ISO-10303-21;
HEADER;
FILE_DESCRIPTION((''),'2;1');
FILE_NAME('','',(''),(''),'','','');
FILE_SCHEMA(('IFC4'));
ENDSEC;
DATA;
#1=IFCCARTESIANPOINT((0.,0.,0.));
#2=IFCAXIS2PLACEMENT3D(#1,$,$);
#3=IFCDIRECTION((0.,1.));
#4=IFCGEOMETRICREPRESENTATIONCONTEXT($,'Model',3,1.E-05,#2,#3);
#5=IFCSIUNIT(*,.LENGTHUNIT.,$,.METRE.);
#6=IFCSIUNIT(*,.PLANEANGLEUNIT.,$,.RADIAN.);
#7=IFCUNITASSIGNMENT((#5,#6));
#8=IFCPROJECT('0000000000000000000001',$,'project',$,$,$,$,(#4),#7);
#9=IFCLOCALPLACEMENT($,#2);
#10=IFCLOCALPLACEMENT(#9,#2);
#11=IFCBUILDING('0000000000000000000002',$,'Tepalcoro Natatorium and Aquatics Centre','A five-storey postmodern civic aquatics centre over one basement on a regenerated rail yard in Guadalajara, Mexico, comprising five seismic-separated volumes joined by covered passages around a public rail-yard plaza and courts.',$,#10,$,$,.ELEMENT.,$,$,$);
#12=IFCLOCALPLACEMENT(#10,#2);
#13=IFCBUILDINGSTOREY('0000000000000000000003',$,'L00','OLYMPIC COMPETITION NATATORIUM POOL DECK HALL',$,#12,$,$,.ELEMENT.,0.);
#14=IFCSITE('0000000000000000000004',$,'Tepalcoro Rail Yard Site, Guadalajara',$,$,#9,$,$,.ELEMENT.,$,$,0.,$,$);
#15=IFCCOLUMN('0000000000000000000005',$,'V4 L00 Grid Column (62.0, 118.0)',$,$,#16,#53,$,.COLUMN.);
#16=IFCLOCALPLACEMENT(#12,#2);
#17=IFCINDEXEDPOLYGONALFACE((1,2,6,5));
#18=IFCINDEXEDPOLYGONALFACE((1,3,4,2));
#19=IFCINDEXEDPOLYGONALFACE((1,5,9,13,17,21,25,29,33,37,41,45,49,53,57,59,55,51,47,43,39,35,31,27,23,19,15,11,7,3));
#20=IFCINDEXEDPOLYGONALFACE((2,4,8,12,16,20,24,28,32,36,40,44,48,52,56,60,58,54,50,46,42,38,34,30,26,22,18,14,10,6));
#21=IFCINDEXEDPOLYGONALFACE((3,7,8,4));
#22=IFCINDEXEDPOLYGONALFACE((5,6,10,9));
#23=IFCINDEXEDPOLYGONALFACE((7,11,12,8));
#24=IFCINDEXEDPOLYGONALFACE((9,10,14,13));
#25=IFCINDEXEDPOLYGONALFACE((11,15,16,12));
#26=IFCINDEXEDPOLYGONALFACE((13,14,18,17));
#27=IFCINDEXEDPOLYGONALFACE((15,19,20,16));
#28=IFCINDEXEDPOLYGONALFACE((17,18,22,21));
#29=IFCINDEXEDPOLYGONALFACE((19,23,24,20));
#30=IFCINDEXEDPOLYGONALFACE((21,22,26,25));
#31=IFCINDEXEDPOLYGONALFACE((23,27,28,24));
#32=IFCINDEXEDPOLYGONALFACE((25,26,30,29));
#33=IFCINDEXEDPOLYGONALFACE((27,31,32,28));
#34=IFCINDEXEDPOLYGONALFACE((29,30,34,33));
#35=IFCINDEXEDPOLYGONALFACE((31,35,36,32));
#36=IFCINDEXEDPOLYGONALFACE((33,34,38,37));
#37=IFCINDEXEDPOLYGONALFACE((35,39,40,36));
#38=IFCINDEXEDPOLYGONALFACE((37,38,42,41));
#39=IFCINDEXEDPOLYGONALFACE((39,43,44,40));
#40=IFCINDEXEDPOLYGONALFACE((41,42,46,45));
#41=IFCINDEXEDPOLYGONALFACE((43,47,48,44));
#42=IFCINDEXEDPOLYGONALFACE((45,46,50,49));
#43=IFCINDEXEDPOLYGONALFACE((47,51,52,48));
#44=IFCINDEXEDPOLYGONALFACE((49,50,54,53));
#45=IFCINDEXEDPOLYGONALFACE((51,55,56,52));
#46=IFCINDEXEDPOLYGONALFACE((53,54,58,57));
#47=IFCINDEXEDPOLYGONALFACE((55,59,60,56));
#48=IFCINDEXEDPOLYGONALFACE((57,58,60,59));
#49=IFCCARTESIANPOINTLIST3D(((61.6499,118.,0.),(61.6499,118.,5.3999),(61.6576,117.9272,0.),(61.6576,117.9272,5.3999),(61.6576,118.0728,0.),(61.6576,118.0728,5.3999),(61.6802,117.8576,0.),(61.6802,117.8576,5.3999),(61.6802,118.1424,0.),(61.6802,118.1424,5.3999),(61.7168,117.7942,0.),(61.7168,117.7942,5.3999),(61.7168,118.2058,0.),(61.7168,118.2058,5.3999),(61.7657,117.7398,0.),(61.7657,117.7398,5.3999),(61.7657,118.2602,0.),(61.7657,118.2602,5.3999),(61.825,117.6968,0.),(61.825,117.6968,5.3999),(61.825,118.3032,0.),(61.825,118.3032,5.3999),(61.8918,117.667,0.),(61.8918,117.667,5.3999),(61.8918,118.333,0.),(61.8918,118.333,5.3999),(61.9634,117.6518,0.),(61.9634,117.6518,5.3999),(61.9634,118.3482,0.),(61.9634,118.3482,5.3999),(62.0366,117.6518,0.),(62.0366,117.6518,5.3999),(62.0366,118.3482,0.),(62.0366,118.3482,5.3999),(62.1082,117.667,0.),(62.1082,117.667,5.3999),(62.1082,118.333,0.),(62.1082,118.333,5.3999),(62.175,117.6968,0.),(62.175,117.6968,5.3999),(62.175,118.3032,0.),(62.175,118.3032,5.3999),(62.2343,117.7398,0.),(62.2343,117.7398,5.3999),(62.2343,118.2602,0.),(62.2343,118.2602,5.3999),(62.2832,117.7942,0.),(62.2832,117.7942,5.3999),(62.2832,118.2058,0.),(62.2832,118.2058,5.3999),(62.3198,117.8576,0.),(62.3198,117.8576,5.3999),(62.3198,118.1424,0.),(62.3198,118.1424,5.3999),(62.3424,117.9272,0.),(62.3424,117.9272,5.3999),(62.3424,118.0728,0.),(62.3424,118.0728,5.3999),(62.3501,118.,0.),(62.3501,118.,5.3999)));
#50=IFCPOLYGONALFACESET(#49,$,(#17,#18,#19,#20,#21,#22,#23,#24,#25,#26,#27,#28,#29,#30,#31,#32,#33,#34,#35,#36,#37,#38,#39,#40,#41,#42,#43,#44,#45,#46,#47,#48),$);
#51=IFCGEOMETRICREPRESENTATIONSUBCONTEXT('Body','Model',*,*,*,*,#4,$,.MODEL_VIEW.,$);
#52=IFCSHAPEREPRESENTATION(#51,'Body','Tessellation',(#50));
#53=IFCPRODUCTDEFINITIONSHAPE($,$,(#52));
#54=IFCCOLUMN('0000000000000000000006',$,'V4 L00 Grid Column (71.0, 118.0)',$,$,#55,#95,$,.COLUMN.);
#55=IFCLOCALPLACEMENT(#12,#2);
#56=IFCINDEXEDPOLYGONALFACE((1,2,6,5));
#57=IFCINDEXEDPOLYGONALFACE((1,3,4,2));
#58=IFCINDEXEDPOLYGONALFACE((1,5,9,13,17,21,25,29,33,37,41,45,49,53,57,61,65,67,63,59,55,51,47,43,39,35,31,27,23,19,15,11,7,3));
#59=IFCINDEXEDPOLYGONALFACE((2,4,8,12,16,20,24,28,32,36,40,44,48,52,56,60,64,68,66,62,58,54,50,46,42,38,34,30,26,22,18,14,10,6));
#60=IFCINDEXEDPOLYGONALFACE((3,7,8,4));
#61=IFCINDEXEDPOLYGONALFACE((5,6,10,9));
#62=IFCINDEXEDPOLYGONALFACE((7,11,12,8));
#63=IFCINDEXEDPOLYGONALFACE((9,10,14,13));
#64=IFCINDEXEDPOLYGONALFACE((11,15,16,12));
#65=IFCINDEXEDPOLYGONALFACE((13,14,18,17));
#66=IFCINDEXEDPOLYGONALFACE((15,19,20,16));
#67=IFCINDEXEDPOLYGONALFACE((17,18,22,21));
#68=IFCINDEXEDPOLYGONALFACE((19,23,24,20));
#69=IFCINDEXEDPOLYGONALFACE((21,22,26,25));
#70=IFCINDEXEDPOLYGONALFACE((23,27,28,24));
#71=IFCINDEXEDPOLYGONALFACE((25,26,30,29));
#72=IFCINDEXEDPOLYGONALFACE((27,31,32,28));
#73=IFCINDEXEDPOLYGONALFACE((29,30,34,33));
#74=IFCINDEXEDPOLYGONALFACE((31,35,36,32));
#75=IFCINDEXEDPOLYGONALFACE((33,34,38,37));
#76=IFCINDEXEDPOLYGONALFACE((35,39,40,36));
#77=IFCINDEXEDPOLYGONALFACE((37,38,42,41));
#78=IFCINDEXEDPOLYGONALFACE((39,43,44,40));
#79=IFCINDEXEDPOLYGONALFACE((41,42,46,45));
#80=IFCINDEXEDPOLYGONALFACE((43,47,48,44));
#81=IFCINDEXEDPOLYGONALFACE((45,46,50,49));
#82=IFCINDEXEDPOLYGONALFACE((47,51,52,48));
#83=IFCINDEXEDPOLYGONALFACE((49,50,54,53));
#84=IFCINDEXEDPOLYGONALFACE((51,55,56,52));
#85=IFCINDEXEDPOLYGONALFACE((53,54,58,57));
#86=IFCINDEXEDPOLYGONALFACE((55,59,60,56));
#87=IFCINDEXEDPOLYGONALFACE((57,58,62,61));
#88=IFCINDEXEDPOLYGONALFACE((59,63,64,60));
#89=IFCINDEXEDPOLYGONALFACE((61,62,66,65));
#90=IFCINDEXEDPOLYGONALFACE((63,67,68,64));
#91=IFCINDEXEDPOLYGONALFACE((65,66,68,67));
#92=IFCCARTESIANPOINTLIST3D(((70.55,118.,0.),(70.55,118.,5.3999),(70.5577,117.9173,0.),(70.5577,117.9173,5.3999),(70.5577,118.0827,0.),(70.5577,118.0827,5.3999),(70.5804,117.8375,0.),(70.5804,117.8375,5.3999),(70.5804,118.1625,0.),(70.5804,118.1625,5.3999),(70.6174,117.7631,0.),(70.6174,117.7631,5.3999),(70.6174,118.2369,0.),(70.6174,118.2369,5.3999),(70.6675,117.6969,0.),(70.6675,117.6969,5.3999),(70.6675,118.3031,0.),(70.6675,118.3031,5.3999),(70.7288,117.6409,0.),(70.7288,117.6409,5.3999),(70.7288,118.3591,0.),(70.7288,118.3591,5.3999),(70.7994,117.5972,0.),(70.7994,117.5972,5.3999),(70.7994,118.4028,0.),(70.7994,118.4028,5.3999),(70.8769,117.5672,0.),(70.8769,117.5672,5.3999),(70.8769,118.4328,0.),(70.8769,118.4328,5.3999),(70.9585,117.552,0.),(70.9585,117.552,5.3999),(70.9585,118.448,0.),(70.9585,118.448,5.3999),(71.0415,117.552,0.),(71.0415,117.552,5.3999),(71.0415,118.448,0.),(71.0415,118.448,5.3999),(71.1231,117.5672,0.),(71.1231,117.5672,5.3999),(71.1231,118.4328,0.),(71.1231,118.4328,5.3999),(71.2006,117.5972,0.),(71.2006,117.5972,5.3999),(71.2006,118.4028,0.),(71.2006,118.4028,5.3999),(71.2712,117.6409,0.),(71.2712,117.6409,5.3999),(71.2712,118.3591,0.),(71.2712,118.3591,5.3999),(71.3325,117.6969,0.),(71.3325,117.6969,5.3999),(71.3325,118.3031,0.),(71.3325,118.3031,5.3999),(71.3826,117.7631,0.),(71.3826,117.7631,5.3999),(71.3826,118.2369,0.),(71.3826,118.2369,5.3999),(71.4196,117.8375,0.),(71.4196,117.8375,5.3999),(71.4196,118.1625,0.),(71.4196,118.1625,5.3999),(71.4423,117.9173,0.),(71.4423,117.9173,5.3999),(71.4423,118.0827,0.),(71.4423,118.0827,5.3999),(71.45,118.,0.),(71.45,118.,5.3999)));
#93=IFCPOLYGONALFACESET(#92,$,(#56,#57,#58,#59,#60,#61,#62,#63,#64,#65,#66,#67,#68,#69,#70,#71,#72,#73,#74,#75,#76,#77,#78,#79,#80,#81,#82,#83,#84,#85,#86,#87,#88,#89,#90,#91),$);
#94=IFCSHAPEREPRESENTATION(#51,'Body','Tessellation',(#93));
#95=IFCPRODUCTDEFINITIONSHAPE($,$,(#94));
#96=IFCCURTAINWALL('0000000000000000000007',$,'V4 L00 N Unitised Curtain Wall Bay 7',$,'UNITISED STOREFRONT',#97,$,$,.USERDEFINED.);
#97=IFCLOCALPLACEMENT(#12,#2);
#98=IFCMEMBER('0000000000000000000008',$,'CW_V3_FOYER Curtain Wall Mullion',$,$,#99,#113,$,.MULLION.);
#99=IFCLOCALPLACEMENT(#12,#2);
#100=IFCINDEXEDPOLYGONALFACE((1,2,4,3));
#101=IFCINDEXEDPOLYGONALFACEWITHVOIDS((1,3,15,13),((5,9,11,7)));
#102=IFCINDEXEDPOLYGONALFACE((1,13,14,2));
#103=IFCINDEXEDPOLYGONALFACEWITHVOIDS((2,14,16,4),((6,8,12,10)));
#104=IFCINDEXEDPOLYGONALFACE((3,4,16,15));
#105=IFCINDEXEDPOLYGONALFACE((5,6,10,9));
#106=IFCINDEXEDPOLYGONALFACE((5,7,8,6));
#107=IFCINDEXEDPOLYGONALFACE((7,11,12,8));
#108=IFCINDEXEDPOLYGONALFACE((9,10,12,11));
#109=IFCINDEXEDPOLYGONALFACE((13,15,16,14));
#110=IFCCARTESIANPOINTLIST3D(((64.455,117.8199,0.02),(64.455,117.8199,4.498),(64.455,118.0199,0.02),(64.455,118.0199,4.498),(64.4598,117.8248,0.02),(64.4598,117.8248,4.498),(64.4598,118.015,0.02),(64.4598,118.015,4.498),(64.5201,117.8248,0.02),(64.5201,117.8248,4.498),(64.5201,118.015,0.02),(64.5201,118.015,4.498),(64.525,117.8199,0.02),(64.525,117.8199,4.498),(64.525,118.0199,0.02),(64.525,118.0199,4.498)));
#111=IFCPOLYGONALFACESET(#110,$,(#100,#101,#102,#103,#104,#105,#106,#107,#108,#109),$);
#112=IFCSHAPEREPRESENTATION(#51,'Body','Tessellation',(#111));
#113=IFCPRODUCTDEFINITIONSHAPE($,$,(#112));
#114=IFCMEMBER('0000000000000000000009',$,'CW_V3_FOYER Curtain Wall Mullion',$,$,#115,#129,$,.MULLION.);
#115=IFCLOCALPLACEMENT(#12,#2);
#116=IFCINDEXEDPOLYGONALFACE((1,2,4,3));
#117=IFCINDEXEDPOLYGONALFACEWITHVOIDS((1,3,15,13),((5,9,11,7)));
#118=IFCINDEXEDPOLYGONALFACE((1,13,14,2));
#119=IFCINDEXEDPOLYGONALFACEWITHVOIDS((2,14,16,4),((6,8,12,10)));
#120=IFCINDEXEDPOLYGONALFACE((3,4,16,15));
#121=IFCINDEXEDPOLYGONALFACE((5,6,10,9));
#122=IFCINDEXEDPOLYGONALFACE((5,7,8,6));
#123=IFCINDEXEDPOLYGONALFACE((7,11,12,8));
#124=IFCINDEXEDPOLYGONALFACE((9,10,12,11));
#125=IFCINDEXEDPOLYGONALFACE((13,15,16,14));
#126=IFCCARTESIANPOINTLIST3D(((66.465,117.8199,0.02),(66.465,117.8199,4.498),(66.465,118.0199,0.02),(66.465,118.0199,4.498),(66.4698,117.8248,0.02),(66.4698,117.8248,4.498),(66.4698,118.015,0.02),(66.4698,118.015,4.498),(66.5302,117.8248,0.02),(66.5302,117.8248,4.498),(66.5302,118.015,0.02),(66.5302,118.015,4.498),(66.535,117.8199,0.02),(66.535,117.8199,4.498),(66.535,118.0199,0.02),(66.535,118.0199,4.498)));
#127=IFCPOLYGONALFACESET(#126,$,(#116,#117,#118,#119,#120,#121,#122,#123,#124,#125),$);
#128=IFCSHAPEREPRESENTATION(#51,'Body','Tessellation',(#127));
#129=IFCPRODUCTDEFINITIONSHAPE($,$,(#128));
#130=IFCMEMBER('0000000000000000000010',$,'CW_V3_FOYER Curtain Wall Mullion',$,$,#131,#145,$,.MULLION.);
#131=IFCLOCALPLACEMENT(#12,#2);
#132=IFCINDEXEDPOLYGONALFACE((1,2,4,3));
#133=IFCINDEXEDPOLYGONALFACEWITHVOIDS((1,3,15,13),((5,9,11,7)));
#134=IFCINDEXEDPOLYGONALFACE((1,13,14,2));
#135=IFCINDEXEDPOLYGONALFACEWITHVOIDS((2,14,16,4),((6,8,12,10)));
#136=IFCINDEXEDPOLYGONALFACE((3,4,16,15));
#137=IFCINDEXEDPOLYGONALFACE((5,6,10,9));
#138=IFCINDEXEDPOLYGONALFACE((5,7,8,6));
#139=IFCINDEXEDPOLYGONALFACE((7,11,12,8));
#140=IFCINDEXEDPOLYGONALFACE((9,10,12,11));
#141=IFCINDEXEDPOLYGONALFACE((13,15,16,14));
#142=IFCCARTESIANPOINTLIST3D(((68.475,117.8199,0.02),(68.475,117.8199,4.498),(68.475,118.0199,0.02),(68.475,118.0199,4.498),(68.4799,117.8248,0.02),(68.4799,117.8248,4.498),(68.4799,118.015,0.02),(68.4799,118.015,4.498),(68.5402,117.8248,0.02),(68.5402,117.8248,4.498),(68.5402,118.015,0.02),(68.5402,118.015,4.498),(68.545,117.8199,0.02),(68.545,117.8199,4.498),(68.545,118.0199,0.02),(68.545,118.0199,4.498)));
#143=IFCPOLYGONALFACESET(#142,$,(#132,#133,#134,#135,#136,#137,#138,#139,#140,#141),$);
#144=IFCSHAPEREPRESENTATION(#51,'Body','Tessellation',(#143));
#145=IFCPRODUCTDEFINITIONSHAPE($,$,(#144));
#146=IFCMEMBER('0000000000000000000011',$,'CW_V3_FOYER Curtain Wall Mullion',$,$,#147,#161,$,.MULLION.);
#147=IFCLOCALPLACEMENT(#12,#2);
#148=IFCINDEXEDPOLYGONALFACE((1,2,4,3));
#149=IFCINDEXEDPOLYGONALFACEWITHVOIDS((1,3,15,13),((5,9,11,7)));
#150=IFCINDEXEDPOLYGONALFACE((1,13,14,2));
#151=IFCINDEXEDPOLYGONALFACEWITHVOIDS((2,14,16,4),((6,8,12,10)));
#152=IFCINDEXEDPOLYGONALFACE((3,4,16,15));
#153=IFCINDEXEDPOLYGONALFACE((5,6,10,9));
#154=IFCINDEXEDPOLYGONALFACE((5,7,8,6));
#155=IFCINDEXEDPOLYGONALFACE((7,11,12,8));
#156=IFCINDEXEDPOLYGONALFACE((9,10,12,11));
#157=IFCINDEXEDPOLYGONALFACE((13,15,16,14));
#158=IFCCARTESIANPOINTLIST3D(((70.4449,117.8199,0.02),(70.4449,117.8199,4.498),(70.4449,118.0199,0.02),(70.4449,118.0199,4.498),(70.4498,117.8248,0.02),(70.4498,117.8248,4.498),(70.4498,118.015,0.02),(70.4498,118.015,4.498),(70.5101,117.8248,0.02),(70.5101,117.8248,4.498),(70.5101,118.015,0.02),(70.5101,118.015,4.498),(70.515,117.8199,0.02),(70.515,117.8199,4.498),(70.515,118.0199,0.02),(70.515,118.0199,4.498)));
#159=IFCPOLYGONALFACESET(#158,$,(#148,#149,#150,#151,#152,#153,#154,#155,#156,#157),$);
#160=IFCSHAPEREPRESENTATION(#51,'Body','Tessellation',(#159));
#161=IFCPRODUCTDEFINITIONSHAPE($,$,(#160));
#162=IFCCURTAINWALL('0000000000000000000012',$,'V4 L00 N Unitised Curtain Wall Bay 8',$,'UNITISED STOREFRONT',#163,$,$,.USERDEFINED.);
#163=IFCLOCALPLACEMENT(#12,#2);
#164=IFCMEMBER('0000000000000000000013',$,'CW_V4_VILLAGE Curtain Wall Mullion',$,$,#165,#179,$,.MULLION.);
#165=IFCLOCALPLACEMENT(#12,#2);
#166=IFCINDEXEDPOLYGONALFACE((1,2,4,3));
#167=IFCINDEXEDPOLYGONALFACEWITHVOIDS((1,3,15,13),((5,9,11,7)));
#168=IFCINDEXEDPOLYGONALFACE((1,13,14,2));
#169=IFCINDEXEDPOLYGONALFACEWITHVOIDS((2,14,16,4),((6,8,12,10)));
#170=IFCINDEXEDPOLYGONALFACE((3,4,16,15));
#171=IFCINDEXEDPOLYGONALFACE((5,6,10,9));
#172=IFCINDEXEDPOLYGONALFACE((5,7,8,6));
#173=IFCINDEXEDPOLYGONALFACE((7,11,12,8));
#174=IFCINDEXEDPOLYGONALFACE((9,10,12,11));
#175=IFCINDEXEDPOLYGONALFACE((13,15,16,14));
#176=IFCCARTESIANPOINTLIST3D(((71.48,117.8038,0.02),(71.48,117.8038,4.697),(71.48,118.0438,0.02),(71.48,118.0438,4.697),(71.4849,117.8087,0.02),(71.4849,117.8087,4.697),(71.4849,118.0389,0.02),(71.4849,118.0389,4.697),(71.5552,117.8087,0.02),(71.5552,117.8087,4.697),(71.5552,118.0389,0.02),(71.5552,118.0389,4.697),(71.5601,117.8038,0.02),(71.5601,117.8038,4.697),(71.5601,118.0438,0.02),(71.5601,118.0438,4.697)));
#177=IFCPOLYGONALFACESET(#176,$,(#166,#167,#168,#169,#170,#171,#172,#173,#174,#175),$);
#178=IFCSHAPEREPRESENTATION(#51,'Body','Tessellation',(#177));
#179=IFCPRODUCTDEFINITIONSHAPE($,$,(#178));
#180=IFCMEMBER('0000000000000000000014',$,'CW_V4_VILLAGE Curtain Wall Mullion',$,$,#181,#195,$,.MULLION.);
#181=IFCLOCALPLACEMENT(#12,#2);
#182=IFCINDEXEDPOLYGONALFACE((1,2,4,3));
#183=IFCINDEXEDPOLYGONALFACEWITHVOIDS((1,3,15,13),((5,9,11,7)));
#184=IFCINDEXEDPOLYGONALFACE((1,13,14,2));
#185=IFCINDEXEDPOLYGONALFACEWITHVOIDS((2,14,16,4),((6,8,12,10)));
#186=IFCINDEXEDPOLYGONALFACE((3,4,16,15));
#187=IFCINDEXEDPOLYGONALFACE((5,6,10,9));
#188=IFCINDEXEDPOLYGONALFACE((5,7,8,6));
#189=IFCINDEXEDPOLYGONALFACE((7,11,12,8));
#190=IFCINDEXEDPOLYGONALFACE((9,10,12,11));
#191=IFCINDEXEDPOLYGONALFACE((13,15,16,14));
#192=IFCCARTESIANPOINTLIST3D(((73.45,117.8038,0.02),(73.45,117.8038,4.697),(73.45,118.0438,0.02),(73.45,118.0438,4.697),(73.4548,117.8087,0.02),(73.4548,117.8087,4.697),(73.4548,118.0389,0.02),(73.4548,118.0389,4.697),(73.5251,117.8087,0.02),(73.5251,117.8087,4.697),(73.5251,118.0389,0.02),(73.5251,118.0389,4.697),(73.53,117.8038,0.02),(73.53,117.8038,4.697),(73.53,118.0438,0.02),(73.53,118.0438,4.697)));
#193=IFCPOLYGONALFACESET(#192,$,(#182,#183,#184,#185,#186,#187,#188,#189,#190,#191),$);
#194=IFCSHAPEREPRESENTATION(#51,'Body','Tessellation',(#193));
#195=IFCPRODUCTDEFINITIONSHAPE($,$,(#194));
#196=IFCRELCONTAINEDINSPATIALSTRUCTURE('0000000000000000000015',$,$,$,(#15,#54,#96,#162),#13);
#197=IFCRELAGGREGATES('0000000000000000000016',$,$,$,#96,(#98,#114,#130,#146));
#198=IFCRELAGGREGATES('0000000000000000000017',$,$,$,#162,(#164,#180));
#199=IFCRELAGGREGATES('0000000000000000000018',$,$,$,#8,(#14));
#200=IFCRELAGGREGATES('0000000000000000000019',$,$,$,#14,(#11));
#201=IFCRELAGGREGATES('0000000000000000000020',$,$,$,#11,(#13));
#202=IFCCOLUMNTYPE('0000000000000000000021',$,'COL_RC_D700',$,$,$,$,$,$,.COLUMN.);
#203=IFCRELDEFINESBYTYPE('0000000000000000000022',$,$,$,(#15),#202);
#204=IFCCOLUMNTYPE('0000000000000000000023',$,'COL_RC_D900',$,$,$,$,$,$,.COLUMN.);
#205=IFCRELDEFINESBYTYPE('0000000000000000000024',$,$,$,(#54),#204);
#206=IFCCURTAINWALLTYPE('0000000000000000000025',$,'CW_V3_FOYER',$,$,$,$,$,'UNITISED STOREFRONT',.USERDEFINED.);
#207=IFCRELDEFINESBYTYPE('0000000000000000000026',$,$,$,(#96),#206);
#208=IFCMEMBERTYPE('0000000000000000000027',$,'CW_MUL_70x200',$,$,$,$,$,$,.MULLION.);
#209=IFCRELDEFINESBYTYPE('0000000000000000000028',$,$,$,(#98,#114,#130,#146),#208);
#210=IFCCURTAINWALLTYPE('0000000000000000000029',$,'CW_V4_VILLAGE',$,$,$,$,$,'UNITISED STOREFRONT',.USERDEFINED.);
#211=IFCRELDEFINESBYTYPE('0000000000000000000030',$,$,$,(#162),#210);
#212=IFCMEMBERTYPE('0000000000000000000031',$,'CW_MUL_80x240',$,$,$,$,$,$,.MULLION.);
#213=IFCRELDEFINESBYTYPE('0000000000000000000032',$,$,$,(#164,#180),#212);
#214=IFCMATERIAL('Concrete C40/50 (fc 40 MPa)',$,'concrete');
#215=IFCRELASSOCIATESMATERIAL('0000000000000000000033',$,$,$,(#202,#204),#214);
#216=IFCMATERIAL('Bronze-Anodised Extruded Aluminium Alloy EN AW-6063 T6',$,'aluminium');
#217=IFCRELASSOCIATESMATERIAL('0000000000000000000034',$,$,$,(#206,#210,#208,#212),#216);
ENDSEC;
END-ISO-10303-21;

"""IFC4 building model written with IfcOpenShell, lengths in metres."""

from ifc_helpers import new_model, si_unit, direction, frame, origin, origin_2d, place, context, subcontext, project, spatial, hollow_rectangle, circle, extrude, material, material_profile, profile_set, type_object, element, aggregate, save


model = new_model("IFC4")

# Units and contexts
model_context = context("Model", 3, precision=1e-05, world=origin(), true_north=direction((0.0, 1.0)))
body_context = subcontext(model_context, "Body", "Model", "MODEL_VIEW")
ifc_project = project(units=[si_unit("LENGTHUNIT", "METRE"), si_unit("PLANEANGLEUNIT", "RADIAN")], contexts=[model_context])

# Site, building, storey
site_placement = place(None, origin())
site = spatial("IfcSite", under=ifc_project, at=site_placement, Name="Tepalcoro Rail Yard Site, Guadalajara", CompositionType="ELEMENT", RefElevation=0.0)
building_placement = place(site_placement, origin())
building = spatial("IfcBuilding", under=site, at=building_placement, Name="Tepalcoro Natatorium and Aquatics Centre", Description="A five-storey postmodern civic aquatics centre over one basement on a regenerated rail yard in Guadalajara, Mexico, comprising five seismic-separated volumes joined by covered passages around a public rail-yard plaza and courts.", CompositionType="ELEMENT")
storey_placement = place(building_placement, origin())
storey = spatial("IfcBuildingStorey", under=building, at=storey_placement, Name="L00", Description="OLYMPIC COMPETITION NATATORIUM POOL DECK HALL", CompositionType="ELEMENT", Elevation=0.0)

# Columns
ifc_material_1 = material(Name="Concrete C40/50 (fc 40 MPa)", Category="concrete")
ifc_material_profile_1 = material_profile(ifc_material_1, circle(Radius=0.3501, at=origin_2d()), Name="RCD700")
ifc_profile_set_1 = profile_set([ifc_material_profile_1], Name="Concrete C40/50 (fc 40 MPa)")
column_type_1 = type_object("IfcColumnType", Name="COL_RC_D700", PredefinedType="COLUMN", material=ifc_profile_set_1)
column_1_placement = place(storey_placement, frame((62.0, 118.0, 0.0), z_axis=(0.0, 0.0, 1.0), x_axis=(1.0, 0.0, 0.0)))
element("IfcColumn", 1, at=column_1_placement, inside=storey, type_object=column_type_1, Name="V4 L00 Grid Column (62.0, 118.0)", PredefinedType="COLUMN", context=body_context, shape_type="SweptSolid", body=[
    extrude(circle(Radius=0.3501, at=origin_2d()), origin(), (0.0, 0.0, 1.0), 5.3999),
])
ifc_material_profile_2 = material_profile(ifc_material_1, circle(Radius=0.45, at=origin_2d()), Name="RCD900")
ifc_profile_set_2 = profile_set([ifc_material_profile_2], Name="Concrete C40/50 (fc 40 MPa)")
column_type_2 = type_object("IfcColumnType", Name="COL_RC_D900", PredefinedType="COLUMN", material=ifc_profile_set_2)
column_2_placement = place(storey_placement, frame((71.0, 118.0, 0.0), z_axis=(0.0, 0.0, 1.0), x_axis=(1.0, 0.0, 0.0)))
element("IfcColumn", 2, at=column_2_placement, inside=storey, type_object=column_type_2, Name="V4 L00 Grid Column (71.0, 118.0)", PredefinedType="COLUMN", context=body_context, shape_type="SweptSolid", body=[
    extrude(circle(Radius=0.45, at=origin_2d()), origin(), (0.0, 0.0, 1.0), 5.3999),
])

# Curtain walls, members
ifc_material_2 = material(Name="Bronze-Anodised Extruded Aluminium Alloy EN AW-6063 T6", Category="aluminium")
curtain_wall_type_1 = type_object("IfcCurtainWallType", Name="CW_V3_FOYER", ElementType="UNITISED STOREFRONT", PredefinedType="USERDEFINED", material=ifc_material_2)
curtain_wall_1_placement = place(storey_placement, origin())
curtain_wall_1 = element("IfcCurtainWall", 3, at=curtain_wall_1_placement, inside=storey, type_object=curtain_wall_type_1, Name="V4 L00 N Unitised Curtain Wall Bay 7", ObjectType="UNITISED STOREFRONT", PredefinedType="USERDEFINED")
ifc_material_profile_3 = material_profile(ifc_material_2, hollow_rectangle(XDim=0.0701, YDim=0.2, WallThickness=0.0049, at=origin_2d()), Name="AL70X200X5")
ifc_profile_set_3 = profile_set([ifc_material_profile_3], Name="Bronze-Anodised Extruded Aluminium Alloy EN AW-6063 T6")
member_type_1 = type_object("IfcMemberType", Name="CW_MUL_70x200", PredefinedType="MULLION", material=ifc_profile_set_3)
member_1_placement = place(storey_placement, frame((64.49, 117.9199, 0.02), z_axis=(0.0, 0.0, 1.0), x_axis=(1.0, 0.0, 0.0)))
member_1 = element("IfcMember", 4, at=member_1_placement, type_object=member_type_1, Name="CW_V3_FOYER Curtain Wall Mullion", PredefinedType="MULLION", context=body_context, shape_type="SweptSolid", body=[
    extrude(hollow_rectangle(XDim=0.0701, YDim=0.2, WallThickness=0.0049, at=origin_2d()), origin(), (0.0, 0.0, 1.0), 4.478),
])
member_2_placement = place(storey_placement, frame((66.5, 117.9199, 0.02), z_axis=(0.0, 0.0, 1.0), x_axis=(1.0, 0.0, 0.0)))
member_2 = element("IfcMember", 5, at=member_2_placement, type_object=member_type_1, Name="CW_V3_FOYER Curtain Wall Mullion", PredefinedType="MULLION", context=body_context, shape_type="SweptSolid", body=[
    extrude(hollow_rectangle(XDim=0.0701, YDim=0.2, WallThickness=0.0049, at=origin_2d()), origin(), (0.0, 0.0, 1.0), 4.478),
])
member_3_placement = place(storey_placement, frame((68.51, 117.9199, 0.02), z_axis=(0.0, 0.0, 1.0), x_axis=(1.0, 0.0, 0.0)))
member_3 = element("IfcMember", 6, at=member_3_placement, type_object=member_type_1, Name="CW_V3_FOYER Curtain Wall Mullion", PredefinedType="MULLION", context=body_context, shape_type="SweptSolid", body=[
    extrude(hollow_rectangle(XDim=0.0701, YDim=0.2, WallThickness=0.0049, at=origin_2d()), origin(), (0.0, 0.0, 1.0), 4.478),
])
member_4_placement = place(storey_placement, frame((70.48, 117.9199, 0.02), z_axis=(0.0, 0.0, 1.0), x_axis=(1.0, 0.0, 0.0)))
member_4 = element("IfcMember", 7, at=member_4_placement, type_object=member_type_1, Name="CW_V3_FOYER Curtain Wall Mullion", PredefinedType="MULLION", context=body_context, shape_type="SweptSolid", body=[
    extrude(hollow_rectangle(XDim=0.0701, YDim=0.2, WallThickness=0.0049, at=origin_2d()), origin(), (0.0, 0.0, 1.0), 4.478),
])
curtain_wall_type_2 = type_object("IfcCurtainWallType", Name="CW_V4_VILLAGE", ElementType="UNITISED STOREFRONT", PredefinedType="USERDEFINED", material=ifc_material_2)
curtain_wall_2_placement = place(storey_placement, origin())
curtain_wall_2 = element("IfcCurtainWall", 8, at=curtain_wall_2_placement, inside=storey, type_object=curtain_wall_type_2, Name="V4 L00 N Unitised Curtain Wall Bay 8", ObjectType="UNITISED STOREFRONT", PredefinedType="USERDEFINED")
ifc_material_profile_4 = material_profile(ifc_material_2, hollow_rectangle(XDim=0.0801, YDim=0.24, WallThickness=0.0049, at=origin_2d()), Name="AL80X240X5")
ifc_profile_set_4 = profile_set([ifc_material_profile_4], Name="Bronze-Anodised Extruded Aluminium Alloy EN AW-6063 T6")
member_type_2 = type_object("IfcMemberType", Name="CW_MUL_80x240", PredefinedType="MULLION", material=ifc_profile_set_4)
member_5_placement = place(storey_placement, frame((71.52, 117.9238, 0.02), z_axis=(0.0, 0.0, 1.0), x_axis=(1.0, 0.0, 0.0)))
member_5 = element("IfcMember", 9, at=member_5_placement, type_object=member_type_2, Name="CW_V4_VILLAGE Curtain Wall Mullion", PredefinedType="MULLION", context=body_context, shape_type="SweptSolid", body=[
    extrude(hollow_rectangle(XDim=0.0801, YDim=0.24, WallThickness=0.0049, at=origin_2d()), origin(), (0.0, 0.0, 1.0), 4.677),
])
member_6_placement = place(storey_placement, frame((73.49, 117.9238, 0.02), z_axis=(0.0, 0.0, 1.0), x_axis=(1.0, 0.0, 0.0)))
member_6 = element("IfcMember", 10, at=member_6_placement, type_object=member_type_2, Name="CW_V4_VILLAGE Curtain Wall Mullion", PredefinedType="MULLION", context=body_context, shape_type="SweptSolid", body=[
    extrude(hollow_rectangle(XDim=0.0801, YDim=0.24, WallThickness=0.0049, at=origin_2d()), origin(), (0.0, 0.0, 1.0), 4.677),
])

aggregate(curtain_wall_1, [member_1, member_2, member_3, member_4])
aggregate(curtain_wall_2, [member_5, member_6])

save(model, "model.ifc")
